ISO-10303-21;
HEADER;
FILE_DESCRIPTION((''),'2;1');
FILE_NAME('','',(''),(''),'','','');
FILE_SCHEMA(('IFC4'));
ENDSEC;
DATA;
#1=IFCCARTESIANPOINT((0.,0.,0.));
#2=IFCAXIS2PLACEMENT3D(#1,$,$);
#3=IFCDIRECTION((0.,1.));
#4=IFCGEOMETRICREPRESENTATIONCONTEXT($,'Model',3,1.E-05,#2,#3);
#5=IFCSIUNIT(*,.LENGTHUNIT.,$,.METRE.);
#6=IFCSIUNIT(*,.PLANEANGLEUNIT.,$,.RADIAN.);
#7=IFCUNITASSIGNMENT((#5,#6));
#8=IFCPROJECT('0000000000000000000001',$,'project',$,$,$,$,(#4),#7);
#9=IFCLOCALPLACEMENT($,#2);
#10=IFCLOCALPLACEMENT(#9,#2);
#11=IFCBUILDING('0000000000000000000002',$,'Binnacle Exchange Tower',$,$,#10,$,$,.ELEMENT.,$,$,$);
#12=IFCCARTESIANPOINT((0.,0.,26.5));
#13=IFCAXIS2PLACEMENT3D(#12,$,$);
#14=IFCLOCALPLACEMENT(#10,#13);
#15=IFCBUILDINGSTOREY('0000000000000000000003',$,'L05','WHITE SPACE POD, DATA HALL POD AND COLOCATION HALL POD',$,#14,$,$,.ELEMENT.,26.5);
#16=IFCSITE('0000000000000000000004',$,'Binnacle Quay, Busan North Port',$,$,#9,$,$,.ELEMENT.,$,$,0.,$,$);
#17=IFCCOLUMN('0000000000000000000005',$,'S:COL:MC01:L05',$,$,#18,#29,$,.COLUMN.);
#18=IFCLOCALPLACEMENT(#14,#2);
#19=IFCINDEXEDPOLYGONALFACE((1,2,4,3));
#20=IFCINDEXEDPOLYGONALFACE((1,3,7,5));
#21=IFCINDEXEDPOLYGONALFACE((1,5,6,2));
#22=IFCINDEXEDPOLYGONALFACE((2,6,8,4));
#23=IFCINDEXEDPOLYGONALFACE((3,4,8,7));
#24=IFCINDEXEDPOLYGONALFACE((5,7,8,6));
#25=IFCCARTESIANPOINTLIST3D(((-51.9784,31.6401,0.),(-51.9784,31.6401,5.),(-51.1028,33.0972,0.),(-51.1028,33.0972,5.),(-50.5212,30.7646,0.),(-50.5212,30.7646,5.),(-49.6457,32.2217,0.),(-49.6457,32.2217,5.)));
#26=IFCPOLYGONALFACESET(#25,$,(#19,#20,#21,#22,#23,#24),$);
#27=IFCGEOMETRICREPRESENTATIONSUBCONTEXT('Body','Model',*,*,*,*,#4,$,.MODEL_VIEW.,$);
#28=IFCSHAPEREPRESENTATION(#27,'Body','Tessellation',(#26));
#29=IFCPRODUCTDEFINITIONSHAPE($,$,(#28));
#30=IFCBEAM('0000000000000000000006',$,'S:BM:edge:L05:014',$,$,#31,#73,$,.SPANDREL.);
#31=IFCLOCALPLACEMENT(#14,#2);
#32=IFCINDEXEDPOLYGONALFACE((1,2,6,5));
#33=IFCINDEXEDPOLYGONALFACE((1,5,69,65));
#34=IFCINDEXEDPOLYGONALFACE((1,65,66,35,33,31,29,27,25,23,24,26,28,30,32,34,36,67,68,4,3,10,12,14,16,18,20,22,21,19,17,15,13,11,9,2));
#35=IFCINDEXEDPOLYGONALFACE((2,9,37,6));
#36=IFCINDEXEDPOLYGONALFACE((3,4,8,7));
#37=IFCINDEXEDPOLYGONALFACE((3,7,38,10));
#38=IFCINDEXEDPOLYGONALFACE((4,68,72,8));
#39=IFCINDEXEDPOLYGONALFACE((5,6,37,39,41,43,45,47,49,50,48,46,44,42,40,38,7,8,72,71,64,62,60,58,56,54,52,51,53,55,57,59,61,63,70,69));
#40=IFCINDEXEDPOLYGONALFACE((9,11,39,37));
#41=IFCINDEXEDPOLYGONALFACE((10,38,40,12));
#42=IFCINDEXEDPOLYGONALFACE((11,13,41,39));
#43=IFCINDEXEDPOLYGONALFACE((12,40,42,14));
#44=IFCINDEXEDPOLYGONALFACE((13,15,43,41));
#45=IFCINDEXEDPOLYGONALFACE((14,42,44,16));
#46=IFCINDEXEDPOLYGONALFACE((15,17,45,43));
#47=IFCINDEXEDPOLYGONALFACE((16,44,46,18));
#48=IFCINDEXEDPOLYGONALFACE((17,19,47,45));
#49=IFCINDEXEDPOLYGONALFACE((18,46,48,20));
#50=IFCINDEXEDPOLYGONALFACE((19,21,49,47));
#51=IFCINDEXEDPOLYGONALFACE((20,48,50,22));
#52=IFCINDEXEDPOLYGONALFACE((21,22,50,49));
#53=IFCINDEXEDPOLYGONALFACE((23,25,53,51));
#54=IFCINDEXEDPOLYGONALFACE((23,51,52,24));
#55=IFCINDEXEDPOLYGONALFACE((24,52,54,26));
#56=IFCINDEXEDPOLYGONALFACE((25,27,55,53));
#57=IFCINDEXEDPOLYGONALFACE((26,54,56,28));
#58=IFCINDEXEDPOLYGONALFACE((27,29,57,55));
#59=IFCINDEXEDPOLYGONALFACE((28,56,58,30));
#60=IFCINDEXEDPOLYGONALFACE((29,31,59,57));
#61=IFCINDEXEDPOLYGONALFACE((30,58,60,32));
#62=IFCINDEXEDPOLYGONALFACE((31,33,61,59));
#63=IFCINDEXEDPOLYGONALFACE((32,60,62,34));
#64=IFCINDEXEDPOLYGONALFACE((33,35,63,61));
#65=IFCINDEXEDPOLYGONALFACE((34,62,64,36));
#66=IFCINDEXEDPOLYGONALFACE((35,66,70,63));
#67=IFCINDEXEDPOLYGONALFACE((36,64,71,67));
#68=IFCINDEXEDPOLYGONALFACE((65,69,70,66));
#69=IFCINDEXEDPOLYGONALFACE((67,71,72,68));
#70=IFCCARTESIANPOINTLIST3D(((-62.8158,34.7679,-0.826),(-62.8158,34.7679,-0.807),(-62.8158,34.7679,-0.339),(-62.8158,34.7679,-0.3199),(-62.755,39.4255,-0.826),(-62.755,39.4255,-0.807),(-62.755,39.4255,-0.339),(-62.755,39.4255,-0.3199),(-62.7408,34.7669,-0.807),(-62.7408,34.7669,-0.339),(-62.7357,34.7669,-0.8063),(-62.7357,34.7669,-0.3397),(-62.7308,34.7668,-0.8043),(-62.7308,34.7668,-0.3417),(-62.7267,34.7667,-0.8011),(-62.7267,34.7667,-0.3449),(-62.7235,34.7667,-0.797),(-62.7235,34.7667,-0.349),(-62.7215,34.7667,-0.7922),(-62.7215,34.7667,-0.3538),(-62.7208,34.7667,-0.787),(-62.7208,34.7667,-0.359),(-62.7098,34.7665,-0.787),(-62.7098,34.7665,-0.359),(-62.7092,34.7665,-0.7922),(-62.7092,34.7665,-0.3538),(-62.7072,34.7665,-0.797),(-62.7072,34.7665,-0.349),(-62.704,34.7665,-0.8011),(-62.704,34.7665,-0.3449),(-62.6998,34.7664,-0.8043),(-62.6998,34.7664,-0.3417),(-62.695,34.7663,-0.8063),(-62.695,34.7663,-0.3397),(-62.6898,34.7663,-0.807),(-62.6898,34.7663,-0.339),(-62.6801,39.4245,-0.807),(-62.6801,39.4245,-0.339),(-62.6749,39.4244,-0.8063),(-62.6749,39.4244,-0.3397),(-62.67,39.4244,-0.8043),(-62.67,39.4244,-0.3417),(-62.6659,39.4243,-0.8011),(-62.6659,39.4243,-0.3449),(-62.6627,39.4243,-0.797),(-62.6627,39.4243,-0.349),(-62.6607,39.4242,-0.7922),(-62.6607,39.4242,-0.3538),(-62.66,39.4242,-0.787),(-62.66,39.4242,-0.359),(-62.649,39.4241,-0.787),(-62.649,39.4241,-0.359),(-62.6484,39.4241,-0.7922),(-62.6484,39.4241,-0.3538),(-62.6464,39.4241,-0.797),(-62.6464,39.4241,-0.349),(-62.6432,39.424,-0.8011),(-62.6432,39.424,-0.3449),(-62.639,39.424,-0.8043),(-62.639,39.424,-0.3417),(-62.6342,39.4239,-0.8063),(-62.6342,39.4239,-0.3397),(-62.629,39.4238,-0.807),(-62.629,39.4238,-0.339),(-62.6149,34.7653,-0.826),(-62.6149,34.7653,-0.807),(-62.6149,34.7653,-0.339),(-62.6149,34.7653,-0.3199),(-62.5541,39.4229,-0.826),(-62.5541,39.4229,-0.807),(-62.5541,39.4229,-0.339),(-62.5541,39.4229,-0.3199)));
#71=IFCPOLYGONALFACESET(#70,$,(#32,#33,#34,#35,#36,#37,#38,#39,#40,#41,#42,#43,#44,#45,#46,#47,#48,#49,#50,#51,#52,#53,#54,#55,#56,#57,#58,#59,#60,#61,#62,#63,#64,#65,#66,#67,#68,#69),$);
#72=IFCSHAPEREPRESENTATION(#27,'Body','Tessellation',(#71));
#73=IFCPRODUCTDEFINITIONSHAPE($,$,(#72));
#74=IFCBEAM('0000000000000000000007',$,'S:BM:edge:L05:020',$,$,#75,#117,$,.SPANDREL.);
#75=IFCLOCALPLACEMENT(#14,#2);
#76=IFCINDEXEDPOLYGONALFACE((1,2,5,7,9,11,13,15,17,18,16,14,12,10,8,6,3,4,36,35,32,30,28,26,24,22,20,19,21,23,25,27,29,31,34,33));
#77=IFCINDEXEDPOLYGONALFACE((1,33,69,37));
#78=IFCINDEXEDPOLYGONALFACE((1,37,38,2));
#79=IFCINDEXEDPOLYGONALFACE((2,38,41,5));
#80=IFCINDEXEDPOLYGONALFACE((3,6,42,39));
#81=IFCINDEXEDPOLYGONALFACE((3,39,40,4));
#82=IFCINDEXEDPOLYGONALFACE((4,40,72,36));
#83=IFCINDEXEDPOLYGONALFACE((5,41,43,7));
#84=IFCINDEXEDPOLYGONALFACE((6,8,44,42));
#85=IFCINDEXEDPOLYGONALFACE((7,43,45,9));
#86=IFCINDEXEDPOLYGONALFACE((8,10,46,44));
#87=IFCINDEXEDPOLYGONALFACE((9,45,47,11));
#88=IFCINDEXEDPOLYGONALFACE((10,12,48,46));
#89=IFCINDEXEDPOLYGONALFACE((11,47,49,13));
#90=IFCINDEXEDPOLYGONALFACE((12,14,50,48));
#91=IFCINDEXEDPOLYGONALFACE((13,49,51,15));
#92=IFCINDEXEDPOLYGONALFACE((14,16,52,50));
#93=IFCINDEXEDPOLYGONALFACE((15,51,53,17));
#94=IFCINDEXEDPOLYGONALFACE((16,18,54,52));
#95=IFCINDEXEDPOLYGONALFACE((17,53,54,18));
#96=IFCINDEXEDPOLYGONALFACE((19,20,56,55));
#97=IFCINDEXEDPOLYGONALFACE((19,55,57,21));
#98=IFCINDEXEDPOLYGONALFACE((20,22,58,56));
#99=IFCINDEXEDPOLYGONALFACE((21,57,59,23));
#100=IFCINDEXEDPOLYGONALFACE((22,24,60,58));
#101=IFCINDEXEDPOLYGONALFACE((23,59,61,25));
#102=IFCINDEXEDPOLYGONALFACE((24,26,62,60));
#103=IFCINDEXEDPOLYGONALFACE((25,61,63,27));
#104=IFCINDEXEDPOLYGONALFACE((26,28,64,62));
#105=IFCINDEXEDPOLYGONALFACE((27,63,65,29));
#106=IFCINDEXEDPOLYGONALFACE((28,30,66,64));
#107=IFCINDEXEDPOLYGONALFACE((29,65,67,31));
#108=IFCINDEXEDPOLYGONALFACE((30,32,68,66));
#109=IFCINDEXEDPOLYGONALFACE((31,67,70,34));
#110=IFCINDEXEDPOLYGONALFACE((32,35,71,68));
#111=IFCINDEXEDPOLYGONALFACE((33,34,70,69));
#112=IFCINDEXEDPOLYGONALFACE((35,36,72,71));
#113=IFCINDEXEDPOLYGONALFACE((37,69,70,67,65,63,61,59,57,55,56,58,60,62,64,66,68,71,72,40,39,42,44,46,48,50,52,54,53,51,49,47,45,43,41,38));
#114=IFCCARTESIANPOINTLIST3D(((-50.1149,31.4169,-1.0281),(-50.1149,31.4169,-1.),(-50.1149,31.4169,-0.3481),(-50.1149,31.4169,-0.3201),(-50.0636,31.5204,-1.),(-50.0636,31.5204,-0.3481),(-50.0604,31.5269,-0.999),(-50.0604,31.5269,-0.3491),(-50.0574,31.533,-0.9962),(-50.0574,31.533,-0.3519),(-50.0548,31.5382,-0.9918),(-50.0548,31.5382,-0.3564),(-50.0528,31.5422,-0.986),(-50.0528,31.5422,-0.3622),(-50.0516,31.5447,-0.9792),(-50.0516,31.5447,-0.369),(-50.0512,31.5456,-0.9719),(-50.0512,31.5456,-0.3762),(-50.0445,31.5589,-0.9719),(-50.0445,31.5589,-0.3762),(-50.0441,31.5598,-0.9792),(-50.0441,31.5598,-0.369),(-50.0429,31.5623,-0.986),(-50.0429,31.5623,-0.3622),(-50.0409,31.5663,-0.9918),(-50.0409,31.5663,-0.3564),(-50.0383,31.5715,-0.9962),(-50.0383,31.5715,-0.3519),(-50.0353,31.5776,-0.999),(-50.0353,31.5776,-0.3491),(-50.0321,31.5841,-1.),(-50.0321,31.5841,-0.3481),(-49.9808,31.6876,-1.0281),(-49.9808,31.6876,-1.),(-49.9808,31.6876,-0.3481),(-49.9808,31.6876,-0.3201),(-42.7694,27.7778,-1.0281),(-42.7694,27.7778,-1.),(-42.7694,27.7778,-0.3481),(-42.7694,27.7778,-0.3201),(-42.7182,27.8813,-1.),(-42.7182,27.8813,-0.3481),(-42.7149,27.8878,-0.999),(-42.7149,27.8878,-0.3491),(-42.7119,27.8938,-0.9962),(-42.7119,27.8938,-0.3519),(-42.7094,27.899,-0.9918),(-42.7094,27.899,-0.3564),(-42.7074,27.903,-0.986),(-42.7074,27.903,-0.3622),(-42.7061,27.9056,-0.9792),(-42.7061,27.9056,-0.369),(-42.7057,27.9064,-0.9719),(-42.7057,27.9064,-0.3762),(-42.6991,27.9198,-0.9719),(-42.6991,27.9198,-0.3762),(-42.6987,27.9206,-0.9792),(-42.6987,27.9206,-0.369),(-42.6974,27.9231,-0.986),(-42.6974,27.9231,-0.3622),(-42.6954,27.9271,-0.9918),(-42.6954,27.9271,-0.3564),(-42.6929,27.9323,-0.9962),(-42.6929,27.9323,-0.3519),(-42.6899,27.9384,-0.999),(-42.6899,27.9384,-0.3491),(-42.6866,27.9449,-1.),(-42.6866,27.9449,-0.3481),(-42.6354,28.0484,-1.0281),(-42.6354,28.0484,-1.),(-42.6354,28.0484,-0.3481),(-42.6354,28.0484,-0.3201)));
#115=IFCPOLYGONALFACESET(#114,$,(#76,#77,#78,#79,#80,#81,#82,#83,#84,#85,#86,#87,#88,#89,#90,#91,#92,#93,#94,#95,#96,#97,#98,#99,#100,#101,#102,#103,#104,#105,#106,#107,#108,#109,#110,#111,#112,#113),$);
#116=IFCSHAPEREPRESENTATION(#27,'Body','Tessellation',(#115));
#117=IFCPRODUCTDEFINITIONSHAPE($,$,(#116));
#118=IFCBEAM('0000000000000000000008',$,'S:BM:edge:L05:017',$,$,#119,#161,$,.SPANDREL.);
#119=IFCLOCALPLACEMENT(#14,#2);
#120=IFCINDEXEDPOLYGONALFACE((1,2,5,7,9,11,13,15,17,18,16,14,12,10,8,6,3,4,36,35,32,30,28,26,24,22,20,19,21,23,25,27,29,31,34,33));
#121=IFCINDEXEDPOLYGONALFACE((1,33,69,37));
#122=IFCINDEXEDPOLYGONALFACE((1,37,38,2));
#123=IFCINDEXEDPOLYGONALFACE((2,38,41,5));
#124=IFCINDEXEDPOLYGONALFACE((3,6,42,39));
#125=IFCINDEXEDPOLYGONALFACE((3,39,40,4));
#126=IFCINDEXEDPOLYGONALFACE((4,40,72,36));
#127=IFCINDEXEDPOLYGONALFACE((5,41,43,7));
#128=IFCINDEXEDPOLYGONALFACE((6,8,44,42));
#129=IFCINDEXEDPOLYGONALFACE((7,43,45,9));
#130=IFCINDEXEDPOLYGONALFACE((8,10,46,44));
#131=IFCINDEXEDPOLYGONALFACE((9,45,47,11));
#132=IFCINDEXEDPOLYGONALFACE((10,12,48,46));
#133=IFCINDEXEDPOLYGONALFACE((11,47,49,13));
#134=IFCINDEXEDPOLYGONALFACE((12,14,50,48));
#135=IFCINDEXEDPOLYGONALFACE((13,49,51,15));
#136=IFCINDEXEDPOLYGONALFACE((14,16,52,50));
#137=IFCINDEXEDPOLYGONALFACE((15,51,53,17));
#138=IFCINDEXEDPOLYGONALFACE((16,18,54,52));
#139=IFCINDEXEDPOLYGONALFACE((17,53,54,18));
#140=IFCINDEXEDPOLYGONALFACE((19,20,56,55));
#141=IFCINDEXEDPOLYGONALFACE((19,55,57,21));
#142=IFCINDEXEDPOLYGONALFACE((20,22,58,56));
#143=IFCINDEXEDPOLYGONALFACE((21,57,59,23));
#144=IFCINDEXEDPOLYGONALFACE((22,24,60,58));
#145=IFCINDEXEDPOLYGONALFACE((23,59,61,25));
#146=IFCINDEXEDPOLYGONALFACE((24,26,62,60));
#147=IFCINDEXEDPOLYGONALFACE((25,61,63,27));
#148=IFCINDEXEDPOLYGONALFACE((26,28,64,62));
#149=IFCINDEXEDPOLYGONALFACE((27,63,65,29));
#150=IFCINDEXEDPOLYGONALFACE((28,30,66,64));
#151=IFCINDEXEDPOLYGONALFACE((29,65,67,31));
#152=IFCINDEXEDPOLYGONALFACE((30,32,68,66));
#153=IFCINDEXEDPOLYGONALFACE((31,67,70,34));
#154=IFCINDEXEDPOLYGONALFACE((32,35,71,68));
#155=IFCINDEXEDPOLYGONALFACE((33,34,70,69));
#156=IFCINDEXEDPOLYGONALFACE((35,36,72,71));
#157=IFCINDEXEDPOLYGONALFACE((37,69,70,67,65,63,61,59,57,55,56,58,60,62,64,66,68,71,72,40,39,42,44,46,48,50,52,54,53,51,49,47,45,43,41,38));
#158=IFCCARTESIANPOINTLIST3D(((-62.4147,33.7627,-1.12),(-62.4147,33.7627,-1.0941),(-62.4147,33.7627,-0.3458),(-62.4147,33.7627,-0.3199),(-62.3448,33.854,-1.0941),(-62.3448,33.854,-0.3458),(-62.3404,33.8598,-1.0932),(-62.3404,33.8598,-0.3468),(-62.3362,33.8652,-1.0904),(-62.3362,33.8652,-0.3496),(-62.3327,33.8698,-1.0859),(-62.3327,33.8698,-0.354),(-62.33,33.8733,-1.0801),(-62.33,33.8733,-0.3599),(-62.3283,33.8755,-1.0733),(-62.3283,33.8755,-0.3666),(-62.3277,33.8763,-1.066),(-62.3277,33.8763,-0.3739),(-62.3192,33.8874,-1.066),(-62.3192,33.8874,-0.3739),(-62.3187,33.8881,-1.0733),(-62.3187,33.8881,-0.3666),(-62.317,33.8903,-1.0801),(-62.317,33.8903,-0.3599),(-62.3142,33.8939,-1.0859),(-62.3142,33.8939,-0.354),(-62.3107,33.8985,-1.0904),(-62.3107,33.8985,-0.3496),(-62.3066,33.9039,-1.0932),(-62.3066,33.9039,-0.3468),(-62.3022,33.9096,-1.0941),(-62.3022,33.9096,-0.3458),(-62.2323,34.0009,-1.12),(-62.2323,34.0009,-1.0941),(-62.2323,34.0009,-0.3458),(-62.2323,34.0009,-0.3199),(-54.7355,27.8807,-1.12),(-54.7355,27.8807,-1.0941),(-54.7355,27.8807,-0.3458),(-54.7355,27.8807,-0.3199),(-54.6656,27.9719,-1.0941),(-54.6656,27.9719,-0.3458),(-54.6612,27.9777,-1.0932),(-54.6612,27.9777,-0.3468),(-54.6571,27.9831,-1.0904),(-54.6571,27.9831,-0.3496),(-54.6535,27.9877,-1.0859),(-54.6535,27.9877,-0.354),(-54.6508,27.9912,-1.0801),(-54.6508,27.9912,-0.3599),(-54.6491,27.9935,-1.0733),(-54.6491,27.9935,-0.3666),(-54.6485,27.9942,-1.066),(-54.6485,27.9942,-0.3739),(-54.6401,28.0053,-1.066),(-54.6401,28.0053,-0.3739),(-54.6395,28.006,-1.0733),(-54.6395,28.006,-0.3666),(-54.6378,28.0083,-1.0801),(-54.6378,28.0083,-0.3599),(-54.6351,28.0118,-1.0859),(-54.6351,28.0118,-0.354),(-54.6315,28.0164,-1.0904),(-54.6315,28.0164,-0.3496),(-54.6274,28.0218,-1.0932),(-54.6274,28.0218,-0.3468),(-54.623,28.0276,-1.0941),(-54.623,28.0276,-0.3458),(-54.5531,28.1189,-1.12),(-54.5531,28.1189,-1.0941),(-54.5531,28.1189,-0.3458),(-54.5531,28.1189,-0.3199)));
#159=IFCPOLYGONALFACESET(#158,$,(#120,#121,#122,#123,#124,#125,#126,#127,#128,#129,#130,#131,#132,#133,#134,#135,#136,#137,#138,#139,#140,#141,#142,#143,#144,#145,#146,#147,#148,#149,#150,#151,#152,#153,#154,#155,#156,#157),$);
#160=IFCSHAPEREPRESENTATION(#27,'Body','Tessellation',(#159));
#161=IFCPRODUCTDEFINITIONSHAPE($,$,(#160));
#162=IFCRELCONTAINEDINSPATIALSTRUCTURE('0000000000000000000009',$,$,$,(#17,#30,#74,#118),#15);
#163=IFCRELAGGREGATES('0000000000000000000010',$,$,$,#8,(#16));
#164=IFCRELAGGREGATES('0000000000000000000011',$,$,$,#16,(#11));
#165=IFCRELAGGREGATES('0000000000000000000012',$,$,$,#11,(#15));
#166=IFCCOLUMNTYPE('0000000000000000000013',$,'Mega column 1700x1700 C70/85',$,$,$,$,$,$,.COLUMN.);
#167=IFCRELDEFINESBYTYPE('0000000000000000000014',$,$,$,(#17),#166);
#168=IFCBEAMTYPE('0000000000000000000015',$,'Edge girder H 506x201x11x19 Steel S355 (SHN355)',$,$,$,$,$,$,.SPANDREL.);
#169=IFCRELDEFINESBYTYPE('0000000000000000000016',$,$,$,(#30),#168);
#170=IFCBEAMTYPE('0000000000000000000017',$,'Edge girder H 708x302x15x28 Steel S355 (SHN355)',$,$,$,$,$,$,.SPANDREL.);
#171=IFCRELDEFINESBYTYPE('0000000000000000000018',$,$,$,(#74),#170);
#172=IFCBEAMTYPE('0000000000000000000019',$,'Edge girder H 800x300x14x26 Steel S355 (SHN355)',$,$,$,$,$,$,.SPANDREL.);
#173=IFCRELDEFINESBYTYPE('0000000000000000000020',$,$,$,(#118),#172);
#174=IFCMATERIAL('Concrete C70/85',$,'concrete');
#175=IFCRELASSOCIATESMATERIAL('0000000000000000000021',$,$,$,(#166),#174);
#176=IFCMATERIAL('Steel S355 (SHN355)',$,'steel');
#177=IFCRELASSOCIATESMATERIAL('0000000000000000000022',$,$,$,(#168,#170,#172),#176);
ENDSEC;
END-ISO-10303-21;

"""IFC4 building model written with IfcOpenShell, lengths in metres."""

from ifc_helpers import new_model, si_unit, direction, frame, origin, origin_2d, place, context, subcontext, project, spatial, rectangle, i_section, extrude, material, material_profile, profile_set, type_object, element, save


model = new_model("IFC4")

# Units and contexts
model_context = context("Model", 3, precision=1e-05, world=origin(), true_north=direction((0.0, 1.0)))
body_context = subcontext(model_context, "Body", "Model", "MODEL_VIEW")
ifc_project = project(units=[si_unit("LENGTHUNIT", "METRE"), si_unit("PLANEANGLEUNIT", "RADIAN")], contexts=[model_context])

# Site, building, storey
site_placement = place(None, origin())
site = spatial("IfcSite", under=ifc_project, at=site_placement, Name="Binnacle Quay, Busan North Port", CompositionType="ELEMENT", RefElevation=0.0)
building_placement = place(site_placement, origin())
building = spatial("IfcBuilding", under=site, at=building_placement, Name="Binnacle Exchange Tower", CompositionType="ELEMENT")
storey_placement = place(building_placement, frame((0.0, 0.0, 26.5)))
storey = spatial("IfcBuildingStorey", under=building, at=storey_placement, Name="L05", Description="WHITE SPACE POD, DATA HALL POD AND COLOCATION HALL POD", CompositionType="ELEMENT", Elevation=26.5)

# Column
ifc_material_1 = material(Name="Concrete C70/85", Category="concrete")
ifc_material_profile_1 = material_profile(ifc_material_1, rectangle(XDim=1.7, YDim=1.7, at=origin_2d()), Name="Mega column 1700x1700 C70/85")
ifc_profile_set_1 = profile_set([ifc_material_profile_1], Name="Concrete C70/85")
column_type = type_object("IfcColumnType", Name="Mega column 1700x1700 C70/85", PredefinedType="COLUMN", material=ifc_profile_set_1)
column_placement = place(storey_placement, frame((-50.812, 31.9309, 0.0), z_axis=(0.0, 0.0, 1.0), x_axis=(0.857167, -0.515038, 0.0)))
element("IfcColumn", 1, at=column_placement, inside=storey, type_object=column_type, Name="S:COL:MC01:L05", PredefinedType="COLUMN", context=body_context, shape_type="SweptSolid", body=[
    extrude(rectangle(XDim=1.7, YDim=1.7, at=origin_2d()), origin(), (0.0, 0.0, 1.0), 5.0),
])

# Beams
ifc_material_2 = material(Name="Steel S355 (SHN355)", Category="steel")
ifc_material_profile_2 = material_profile(ifc_material_2, i_section(OverallWidth=0.2009, OverallDepth=0.5061, WebThickness=0.011, FlangeThickness=0.019, FilletRadius=0.02, at=origin_2d()), Name="H 506x201x11x19")
ifc_profile_set_2 = profile_set([ifc_material_profile_2], Name="Steel S355 (SHN355)")
beam_type_1 = type_object("IfcBeamType", Name="Edge girder H 506x201x11x19 Steel S355 (SHN355)", PredefinedType="SPANDREL", material=ifc_profile_set_2)
beam_1_placement = place(storey_placement, frame((-62.7153, 34.7666, -0.573), z_axis=(0.013051, 0.999915, 0.0), x_axis=(-0.999915, 0.013051, 0.0)))
element("IfcBeam", 2, at=beam_1_placement, inside=storey, type_object=beam_type_1, Name="S:BM:edge:L05:014", PredefinedType="SPANDREL", context=body_context, shape_type="SweptSolid", body=[
    extrude(i_section(OverallWidth=0.2009, OverallDepth=0.5061, WebThickness=0.011, FlangeThickness=0.019, FilletRadius=0.02, at=origin_2d()), origin(), (0.0, 0.0, 1.0), 4.658),
])
ifc_material_profile_3 = material_profile(ifc_material_2, i_section(OverallWidth=0.302, OverallDepth=0.708, WebThickness=0.0149, FlangeThickness=0.0281, FilletRadius=0.0281, at=origin_2d()), Name="H 708x302x15x28")
ifc_profile_set_3 = profile_set([ifc_material_profile_3], Name="Steel S355 (SHN355)")
beam_type_2 = type_object("IfcBeamType", Name="Edge girder H 708x302x15x28 Steel S355 (SHN355)", PredefinedType="SPANDREL", material=ifc_profile_set_3)
beam_2_placement = place(storey_placement, frame((-50.0479, 31.5522, -0.6741), z_axis=(0.896059, -0.443935, 0.0), x_axis=(0.443935, 0.896059, 0.0)))
element("IfcBeam", 3, at=beam_2_placement, inside=storey, type_object=beam_type_2, Name="S:BM:edge:L05:020", PredefinedType="SPANDREL", context=body_context, shape_type="SweptSolid", body=[
    extrude(i_section(OverallWidth=0.302, OverallDepth=0.708, WebThickness=0.0149, FlangeThickness=0.0281, FilletRadius=0.0281, at=origin_2d()), origin(), (0.0, 0.0, 1.0), 8.1975),
])
ifc_material_profile_4 = material_profile(ifc_material_2, i_section(OverallWidth=0.3, OverallDepth=0.8, WebThickness=0.0139, FlangeThickness=0.0259, FilletRadius=0.0281, at=origin_2d()), Name="H 800x300x14x26")
ifc_profile_set_4 = profile_set([ifc_material_profile_4], Name="Steel S355 (SHN355)")
beam_type_3 = type_object("IfcBeamType", Name="Edge girder H 800x300x14x26 Steel S355 (SHN355)", PredefinedType="SPANDREL", material=ifc_profile_set_4)
beam_3_placement = place(storey_placement, frame((-54.6443, 27.9998, -0.72), z_axis=(-0.793871, 0.608086, 0.0), x_axis=(-0.608086, -0.793871, 0.0)))
element("IfcBeam", 4, at=beam_3_placement, inside=storey, type_object=beam_type_3, Name="S:BM:edge:L05:017", PredefinedType="SPANDREL", context=body_context, shape_type="SweptSolid", body=[
    extrude(i_section(OverallWidth=0.3, OverallDepth=0.8, WebThickness=0.0139, FlangeThickness=0.0259, FilletRadius=0.0281, at=origin_2d()), origin(), (0.0, 0.0, 1.0), 9.6731),
])

save(model, "model.ifc")
